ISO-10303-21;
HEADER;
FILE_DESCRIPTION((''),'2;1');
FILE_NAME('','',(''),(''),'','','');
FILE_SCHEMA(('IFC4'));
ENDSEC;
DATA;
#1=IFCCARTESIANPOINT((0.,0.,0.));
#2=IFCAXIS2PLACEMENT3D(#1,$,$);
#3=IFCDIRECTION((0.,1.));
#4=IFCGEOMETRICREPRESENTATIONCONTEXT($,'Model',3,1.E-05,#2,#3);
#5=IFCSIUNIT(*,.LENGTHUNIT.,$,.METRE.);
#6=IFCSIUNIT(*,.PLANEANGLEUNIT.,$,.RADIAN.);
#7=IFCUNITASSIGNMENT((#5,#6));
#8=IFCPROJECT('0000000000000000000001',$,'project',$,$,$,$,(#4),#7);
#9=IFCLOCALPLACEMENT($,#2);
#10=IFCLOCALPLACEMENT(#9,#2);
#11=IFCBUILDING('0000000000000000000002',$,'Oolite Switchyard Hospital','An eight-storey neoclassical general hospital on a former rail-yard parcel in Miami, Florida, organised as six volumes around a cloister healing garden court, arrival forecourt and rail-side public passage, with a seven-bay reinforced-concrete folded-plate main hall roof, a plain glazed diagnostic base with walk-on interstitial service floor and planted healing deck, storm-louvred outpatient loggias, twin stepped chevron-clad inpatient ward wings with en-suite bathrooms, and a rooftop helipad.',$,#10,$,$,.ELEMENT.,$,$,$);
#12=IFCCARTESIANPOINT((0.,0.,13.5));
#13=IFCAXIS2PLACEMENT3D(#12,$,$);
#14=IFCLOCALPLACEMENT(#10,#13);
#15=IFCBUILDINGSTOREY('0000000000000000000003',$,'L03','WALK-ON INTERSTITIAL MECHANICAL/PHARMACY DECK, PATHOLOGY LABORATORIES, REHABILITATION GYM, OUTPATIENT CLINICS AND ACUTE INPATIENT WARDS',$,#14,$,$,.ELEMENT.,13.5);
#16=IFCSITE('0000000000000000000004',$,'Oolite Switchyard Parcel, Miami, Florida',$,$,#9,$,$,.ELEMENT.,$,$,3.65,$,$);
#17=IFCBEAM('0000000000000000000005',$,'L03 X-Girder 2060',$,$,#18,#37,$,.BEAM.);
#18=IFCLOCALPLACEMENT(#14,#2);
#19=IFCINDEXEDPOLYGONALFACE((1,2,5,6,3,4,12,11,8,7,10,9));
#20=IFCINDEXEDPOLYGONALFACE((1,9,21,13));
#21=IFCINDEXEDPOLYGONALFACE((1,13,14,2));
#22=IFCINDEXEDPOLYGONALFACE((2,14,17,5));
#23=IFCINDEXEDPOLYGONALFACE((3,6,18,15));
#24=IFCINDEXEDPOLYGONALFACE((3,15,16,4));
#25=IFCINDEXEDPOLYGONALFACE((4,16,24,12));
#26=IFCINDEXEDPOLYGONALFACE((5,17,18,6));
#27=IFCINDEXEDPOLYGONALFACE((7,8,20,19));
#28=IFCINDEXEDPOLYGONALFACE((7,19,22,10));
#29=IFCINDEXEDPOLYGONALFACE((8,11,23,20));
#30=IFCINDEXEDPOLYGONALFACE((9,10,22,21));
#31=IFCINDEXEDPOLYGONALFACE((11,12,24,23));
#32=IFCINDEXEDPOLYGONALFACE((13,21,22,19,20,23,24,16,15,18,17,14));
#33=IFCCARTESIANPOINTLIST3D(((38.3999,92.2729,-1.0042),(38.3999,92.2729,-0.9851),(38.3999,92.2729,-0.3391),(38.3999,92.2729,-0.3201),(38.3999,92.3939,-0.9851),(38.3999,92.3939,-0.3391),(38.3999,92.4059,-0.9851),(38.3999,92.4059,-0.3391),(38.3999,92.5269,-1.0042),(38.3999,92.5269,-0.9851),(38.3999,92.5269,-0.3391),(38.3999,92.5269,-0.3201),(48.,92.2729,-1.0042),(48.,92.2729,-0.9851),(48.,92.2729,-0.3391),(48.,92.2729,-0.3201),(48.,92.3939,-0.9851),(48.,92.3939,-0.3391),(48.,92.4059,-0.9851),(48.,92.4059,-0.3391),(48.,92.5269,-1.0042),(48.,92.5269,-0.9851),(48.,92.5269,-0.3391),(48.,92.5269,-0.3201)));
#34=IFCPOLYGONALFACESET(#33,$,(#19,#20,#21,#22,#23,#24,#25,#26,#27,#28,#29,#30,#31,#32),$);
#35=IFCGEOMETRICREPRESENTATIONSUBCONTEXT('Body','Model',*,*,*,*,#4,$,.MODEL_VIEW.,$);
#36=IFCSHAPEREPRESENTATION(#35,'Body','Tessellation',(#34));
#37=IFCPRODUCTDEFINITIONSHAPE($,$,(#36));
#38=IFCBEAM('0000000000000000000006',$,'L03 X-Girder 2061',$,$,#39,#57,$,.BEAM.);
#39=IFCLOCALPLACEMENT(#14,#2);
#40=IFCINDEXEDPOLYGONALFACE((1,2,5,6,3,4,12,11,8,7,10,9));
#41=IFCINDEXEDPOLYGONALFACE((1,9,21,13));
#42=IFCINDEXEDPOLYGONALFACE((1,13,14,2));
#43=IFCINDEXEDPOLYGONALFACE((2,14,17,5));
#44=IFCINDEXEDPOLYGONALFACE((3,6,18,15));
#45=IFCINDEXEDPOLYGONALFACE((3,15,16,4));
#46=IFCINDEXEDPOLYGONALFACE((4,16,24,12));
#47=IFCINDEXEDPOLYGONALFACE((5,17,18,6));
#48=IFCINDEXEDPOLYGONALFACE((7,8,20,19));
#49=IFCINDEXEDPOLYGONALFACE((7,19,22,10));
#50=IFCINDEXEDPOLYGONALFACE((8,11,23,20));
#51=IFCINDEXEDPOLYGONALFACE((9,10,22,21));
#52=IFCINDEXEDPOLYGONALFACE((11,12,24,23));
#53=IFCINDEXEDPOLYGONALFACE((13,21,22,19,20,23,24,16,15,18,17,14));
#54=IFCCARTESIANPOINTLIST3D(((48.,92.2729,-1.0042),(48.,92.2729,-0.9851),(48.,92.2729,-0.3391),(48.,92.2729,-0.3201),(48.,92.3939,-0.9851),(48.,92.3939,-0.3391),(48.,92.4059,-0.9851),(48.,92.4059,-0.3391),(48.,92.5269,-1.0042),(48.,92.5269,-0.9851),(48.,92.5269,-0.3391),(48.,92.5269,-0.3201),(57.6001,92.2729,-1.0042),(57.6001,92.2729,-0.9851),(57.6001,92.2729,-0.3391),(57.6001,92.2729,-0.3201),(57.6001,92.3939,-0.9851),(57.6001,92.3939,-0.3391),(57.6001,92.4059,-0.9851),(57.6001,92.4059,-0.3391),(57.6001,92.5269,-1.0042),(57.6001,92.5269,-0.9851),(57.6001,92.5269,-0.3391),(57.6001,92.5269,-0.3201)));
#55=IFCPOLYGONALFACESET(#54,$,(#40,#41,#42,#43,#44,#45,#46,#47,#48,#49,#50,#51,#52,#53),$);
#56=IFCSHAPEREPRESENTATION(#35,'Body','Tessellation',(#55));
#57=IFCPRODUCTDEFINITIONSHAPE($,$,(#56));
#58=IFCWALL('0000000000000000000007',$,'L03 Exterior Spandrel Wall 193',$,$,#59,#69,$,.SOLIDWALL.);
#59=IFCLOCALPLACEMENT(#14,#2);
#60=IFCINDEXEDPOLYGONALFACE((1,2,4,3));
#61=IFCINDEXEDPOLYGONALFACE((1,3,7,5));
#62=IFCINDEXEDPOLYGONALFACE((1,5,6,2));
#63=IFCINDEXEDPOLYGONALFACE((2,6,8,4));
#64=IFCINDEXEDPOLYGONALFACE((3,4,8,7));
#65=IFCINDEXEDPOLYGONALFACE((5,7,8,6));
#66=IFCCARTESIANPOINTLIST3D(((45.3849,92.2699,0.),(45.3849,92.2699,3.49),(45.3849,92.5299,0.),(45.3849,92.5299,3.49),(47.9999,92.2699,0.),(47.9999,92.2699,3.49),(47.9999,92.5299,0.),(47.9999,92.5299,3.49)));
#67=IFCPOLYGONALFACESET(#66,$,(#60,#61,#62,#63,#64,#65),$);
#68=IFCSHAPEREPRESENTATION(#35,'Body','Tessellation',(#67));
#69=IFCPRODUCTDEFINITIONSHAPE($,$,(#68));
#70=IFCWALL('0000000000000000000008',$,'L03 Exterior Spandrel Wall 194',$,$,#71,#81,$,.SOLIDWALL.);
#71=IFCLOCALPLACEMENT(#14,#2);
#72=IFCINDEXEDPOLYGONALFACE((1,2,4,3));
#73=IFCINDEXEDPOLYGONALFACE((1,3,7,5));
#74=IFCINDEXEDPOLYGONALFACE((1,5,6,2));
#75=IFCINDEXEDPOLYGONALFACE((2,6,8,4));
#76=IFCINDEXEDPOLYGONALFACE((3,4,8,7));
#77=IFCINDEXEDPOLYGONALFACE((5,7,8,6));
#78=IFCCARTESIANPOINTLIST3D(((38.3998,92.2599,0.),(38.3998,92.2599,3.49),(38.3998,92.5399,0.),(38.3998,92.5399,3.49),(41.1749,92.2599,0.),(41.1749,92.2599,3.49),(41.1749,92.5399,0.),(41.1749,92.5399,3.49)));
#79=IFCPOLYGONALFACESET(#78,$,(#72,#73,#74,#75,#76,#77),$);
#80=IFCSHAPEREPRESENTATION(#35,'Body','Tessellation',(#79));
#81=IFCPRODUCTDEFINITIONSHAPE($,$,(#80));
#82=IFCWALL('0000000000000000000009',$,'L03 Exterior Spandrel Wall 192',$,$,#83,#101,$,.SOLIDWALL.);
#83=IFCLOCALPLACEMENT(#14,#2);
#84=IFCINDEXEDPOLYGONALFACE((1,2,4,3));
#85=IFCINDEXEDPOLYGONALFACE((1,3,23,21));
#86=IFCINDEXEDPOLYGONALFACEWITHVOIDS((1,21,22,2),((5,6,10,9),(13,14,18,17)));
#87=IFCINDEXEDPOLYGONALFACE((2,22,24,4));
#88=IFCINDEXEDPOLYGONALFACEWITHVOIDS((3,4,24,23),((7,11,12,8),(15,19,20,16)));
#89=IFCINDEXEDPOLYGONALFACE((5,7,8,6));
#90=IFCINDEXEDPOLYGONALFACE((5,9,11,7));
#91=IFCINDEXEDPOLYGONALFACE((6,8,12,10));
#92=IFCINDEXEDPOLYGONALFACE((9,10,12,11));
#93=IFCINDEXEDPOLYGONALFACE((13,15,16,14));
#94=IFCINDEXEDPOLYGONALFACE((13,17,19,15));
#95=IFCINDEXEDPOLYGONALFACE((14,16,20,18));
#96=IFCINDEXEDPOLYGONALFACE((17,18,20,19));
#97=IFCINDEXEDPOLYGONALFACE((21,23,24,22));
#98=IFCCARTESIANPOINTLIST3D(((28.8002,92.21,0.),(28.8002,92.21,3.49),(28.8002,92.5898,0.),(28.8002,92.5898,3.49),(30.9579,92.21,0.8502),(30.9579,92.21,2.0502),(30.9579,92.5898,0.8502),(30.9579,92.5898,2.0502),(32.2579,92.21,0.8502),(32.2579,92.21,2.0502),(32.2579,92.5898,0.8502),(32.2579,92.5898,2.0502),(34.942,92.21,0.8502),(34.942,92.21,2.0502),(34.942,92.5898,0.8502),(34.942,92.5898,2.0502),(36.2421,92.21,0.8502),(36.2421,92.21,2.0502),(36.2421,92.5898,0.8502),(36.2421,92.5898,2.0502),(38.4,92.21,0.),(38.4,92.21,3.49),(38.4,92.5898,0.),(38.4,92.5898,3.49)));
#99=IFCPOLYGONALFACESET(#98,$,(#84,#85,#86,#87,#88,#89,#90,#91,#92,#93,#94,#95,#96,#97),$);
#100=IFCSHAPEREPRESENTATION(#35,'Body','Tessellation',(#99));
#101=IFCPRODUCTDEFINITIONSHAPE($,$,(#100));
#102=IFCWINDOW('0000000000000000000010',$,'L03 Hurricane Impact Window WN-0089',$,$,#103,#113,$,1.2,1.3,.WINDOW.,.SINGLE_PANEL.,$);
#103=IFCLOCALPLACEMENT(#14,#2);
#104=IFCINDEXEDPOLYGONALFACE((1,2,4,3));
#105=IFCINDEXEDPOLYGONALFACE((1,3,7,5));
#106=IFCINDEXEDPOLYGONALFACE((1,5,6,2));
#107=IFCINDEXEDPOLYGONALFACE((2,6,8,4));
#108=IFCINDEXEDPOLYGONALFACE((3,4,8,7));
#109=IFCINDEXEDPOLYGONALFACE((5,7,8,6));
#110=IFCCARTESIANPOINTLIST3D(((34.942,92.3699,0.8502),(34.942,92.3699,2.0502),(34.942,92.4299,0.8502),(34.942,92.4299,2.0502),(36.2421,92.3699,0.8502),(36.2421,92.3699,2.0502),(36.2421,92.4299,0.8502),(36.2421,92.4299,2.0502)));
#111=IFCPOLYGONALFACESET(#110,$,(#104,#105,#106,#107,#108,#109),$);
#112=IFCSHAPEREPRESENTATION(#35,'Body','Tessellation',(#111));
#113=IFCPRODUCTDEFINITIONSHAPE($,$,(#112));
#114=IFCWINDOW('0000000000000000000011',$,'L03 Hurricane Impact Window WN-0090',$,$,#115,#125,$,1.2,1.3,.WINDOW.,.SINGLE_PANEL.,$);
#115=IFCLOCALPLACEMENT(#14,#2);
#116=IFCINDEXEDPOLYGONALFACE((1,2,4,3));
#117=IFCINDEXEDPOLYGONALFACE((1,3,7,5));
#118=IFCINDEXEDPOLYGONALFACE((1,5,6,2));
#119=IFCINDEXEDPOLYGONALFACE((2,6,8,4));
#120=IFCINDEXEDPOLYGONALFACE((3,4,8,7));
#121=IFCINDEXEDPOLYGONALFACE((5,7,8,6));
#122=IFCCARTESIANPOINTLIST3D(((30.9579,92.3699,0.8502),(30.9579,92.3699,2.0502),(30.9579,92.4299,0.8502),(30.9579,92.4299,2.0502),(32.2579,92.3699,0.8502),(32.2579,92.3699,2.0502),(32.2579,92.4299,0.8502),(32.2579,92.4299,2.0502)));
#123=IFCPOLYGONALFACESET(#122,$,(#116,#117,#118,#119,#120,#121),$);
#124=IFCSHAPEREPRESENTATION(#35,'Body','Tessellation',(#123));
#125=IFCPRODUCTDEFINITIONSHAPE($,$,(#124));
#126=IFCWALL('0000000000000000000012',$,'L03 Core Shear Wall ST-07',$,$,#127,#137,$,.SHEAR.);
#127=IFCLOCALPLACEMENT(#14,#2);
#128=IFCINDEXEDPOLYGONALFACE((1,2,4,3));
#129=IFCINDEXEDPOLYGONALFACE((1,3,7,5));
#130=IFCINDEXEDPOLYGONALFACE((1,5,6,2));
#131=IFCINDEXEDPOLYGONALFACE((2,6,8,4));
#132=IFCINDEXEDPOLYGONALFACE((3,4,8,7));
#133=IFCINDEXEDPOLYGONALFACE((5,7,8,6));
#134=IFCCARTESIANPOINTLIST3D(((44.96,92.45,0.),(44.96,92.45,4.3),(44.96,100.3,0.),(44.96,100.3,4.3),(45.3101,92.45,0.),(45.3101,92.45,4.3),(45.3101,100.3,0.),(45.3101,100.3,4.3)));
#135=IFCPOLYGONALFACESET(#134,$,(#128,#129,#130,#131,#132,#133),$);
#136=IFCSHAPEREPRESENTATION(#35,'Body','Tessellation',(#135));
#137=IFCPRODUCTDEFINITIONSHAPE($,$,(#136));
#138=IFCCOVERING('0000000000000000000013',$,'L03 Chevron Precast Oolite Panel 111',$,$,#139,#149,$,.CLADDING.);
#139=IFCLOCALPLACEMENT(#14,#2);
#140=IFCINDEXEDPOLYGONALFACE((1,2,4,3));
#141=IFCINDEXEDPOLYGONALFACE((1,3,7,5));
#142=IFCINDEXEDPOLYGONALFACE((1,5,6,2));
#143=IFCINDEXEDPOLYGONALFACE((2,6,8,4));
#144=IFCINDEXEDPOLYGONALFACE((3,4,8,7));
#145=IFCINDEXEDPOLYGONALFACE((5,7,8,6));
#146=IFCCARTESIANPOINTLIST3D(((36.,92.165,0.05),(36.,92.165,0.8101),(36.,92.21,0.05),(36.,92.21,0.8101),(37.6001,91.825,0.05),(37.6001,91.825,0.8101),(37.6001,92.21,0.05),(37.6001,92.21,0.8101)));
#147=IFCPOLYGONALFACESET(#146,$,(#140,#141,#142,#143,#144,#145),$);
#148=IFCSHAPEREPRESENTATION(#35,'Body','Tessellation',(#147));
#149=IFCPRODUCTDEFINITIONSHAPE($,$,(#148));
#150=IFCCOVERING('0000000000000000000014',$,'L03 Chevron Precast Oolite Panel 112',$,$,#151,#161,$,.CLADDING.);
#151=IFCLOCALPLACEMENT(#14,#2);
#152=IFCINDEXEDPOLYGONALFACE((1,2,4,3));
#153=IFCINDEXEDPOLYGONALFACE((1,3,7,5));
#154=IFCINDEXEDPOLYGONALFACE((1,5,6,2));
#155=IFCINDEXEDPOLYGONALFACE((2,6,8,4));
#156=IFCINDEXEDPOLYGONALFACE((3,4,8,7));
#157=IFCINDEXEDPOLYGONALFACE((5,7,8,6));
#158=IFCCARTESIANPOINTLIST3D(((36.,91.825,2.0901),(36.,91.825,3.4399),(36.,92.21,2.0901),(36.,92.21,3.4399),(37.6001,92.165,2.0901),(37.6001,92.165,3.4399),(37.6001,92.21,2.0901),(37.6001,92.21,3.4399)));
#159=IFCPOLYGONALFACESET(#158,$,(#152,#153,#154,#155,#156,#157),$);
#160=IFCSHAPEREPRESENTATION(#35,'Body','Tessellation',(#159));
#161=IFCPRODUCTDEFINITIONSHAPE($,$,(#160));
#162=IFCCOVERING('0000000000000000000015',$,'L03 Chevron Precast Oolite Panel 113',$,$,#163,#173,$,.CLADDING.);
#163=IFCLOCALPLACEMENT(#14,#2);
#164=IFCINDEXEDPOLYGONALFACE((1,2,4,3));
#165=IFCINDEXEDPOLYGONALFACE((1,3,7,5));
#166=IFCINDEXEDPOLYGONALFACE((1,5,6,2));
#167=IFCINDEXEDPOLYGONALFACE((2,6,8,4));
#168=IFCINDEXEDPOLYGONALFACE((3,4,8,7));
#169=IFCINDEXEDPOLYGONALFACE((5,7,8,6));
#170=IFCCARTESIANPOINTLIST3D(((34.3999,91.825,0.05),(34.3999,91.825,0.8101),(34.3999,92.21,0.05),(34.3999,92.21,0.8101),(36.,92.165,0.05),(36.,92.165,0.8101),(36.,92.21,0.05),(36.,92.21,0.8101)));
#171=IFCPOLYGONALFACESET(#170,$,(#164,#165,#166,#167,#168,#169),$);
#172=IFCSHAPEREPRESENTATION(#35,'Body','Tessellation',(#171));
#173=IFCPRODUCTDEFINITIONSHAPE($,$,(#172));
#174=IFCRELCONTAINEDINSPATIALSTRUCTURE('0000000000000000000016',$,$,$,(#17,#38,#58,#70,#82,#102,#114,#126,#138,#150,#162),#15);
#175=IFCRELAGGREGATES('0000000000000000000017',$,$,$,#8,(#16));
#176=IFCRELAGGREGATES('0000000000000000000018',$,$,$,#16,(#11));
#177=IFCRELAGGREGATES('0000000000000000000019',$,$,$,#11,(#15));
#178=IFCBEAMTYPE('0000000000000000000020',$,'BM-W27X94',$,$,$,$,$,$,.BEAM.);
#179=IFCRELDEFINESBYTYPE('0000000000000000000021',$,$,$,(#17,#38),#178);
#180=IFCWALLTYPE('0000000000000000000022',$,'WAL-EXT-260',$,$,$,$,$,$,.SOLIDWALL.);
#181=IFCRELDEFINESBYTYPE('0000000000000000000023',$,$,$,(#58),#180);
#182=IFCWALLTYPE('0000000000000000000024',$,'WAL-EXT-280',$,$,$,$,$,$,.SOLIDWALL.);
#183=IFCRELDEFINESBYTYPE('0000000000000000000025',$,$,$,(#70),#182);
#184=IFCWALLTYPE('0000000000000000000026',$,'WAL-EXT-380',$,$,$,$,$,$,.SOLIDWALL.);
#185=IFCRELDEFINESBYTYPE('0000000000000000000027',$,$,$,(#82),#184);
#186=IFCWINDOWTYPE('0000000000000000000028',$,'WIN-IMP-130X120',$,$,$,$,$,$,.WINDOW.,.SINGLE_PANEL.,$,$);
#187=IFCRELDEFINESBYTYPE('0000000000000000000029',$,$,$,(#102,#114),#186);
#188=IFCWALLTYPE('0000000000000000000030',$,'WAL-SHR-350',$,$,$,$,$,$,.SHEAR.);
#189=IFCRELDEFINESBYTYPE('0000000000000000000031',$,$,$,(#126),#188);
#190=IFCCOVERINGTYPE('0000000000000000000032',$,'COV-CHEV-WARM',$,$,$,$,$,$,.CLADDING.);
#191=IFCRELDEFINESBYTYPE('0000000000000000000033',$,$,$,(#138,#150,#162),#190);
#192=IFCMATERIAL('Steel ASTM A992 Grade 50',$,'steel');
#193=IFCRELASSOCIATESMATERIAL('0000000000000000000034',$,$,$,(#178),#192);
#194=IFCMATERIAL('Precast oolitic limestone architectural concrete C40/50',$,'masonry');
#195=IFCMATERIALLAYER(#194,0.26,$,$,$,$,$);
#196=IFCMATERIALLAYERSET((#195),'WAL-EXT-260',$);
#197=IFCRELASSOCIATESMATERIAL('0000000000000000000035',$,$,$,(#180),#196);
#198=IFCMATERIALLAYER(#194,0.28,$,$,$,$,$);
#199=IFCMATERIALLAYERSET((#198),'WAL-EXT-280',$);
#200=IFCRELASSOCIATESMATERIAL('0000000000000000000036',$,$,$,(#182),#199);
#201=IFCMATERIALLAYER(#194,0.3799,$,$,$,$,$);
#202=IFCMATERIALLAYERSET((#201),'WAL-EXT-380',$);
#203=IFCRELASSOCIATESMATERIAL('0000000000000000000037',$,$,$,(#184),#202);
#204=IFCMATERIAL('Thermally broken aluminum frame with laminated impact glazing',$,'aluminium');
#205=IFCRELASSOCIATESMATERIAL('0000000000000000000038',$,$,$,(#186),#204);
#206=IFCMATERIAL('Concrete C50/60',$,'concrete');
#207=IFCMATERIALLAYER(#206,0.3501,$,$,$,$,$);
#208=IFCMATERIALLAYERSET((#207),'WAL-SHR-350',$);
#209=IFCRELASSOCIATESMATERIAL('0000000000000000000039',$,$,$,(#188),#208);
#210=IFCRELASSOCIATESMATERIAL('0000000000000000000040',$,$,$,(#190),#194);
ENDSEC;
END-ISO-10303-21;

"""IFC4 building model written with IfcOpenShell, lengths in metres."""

from ifc_helpers import new_model, si_unit, direction, frame, frame_2d, origin, origin_2d, place, context, subcontext, project, spatial, polyline, rectangle, i_section, outline, extrude, material, layer, layer_set, material_profile, profile_set, type_object, element, fill, save


model = new_model("IFC4")

# Units and contexts
model_context = context("Model", 3, precision=1e-05, world=origin(), true_north=direction((0.0, 1.0)))
body_context = subcontext(model_context, "Body", "Model", "MODEL_VIEW")
ifc_project = project(units=[si_unit("LENGTHUNIT", "METRE"), si_unit("PLANEANGLEUNIT", "RADIAN")], contexts=[model_context])

# Site, building, storey
site_placement = place(None, origin())
site = spatial("IfcSite", under=ifc_project, at=site_placement, Name="Oolite Switchyard Parcel, Miami, Florida", CompositionType="ELEMENT", RefElevation=3.65)
building_placement = place(site_placement, origin())
building = spatial("IfcBuilding", under=site, at=building_placement, Name="Oolite Switchyard Hospital", Description="An eight-storey neoclassical general hospital on a former rail-yard parcel in Miami, Florida, organised as six volumes around a cloister healing garden court, arrival forecourt and rail-side public passage, with a seven-bay reinforced-concrete folded-plate main hall roof, a plain glazed diagnostic base with walk-on interstitial service floor and planted healing deck, storm-louvred outpatient loggias, twin stepped chevron-clad inpatient ward wings with en-suite bathrooms, and a rooftop helipad.", CompositionType="ELEMENT")
storey_placement = place(building_placement, frame((0.0, 0.0, 13.5)))
storey = spatial("IfcBuildingStorey", under=building, at=storey_placement, Name="L03", Description="WALK-ON INTERSTITIAL MECHANICAL/PHARMACY DECK, PATHOLOGY LABORATORIES, REHABILITATION GYM, OUTPATIENT CLINICS AND ACUTE INPATIENT WARDS", CompositionType="ELEMENT", Elevation=13.5)

# Shared definitions
ifc_material_1 = material(Name="Concrete C50/60", Category="concrete")

# Beams
ifc_material_2 = material(Name="Steel ASTM A992 Grade 50", Category="steel")
ifc_material_profile_1 = material_profile(ifc_material_2, i_section(OverallWidth=0.2539, OverallDepth=0.6841, WebThickness=0.012, FlangeThickness=0.019, at=origin_2d()), Name="W27X94")
ifc_profile_set_1 = profile_set([ifc_material_profile_1], Name="Steel ASTM A992 Grade 50")
beam_type_1 = type_object("IfcBeamType", Name="BM-W27X94", PredefinedType="BEAM", material=ifc_profile_set_1)
for number, where, z_axis, x_axis, name in (
    (1, (38.3999, 92.3999, -0.6621), (1.0, 0.0, 0.0), (0.0, 1.0, 0.0), "L03 X-Girder 2060"),
    (2, (48.0, 92.3999, -0.6621), (1.0, 0.0, 0.0), (0.0, 1.0, 0.0), "L03 X-Girder 2061"),
):
    element("IfcBeam", number, at=place(storey_placement, frame(where, z_axis=z_axis, x_axis=x_axis)), inside=storey, type_object=beam_type_1, Name=name, PredefinedType="BEAM", context=body_context, shape_type="SweptSolid", body=[
        extrude(i_section(OverallWidth=0.2539, OverallDepth=0.6841, WebThickness=0.012, FlangeThickness=0.019, at=origin_2d()), origin(), (0.0, 0.0, 1.0), 9.6001),
    ])

# Walls
ifc_material_3 = material(Name="Precast oolitic limestone architectural concrete C40/50", Category="masonry")
ifc_layer_1 = layer(ifc_material_3, 0.26)
ifc_layer_set_1 = layer_set([ifc_layer_1], Name="WAL-EXT-260")
wall_type_1 = type_object("IfcWallType", Name="WAL-EXT-260", PredefinedType="SOLIDWALL", material=ifc_layer_set_1)
wall_1_placement = place(storey_placement, frame((48.0, 92.3999, 0.0), z_axis=(0.0, 0.0, 1.0), x_axis=(-1.0, 0.0, 0.0)))
element("IfcWall", 3, at=wall_1_placement, inside=storey, type_object=wall_type_1, Name="L03 Exterior Spandrel Wall 193", PredefinedType="SOLIDWALL", context=body_context, shape_type="SweptSolid", body=[
    extrude(rectangle(XDim=2.615, YDim=0.26, at=frame_2d((1.3076, 0.0))), origin(), (0.0, 0.0, 1.0), 3.49),
])
ifc_layer_2 = layer(ifc_material_3, 0.28)
ifc_layer_set_2 = layer_set([ifc_layer_2], Name="WAL-EXT-280")
wall_type_2 = type_object("IfcWallType", Name="WAL-EXT-280", PredefinedType="SOLIDWALL", material=ifc_layer_set_2)
wall_2_placement = place(storey_placement, frame((41.175, 92.3999, 0.0), z_axis=(0.0, 0.0, 1.0), x_axis=(-1.0, 0.0, 0.0)))
element("IfcWall", 4, at=wall_2_placement, inside=storey, type_object=wall_type_2, Name="L03 Exterior Spandrel Wall 194", PredefinedType="SOLIDWALL", context=body_context, shape_type="SweptSolid", body=[
    extrude(rectangle(XDim=2.7751, YDim=0.28, at=frame_2d((1.3877, 0.0))), origin(), (0.0, 0.0, 1.0), 3.49),
])

# Wall, openings, windows
ifc_layer_3 = layer(ifc_material_3, 0.3799)
ifc_layer_set_3 = layer_set([ifc_layer_3], Name="WAL-EXT-380")
wall_type_3 = type_object("IfcWallType", Name="WAL-EXT-380", PredefinedType="SOLIDWALL", material=ifc_layer_set_3)
wall_3_placement = place(storey_placement, frame((38.3999, 92.3999, 0.0), z_axis=(0.0, 0.0, 1.0), x_axis=(-1.0, 0.0, 0.0)))
wall_3 = element("IfcWall", 5, at=wall_3_placement, inside=storey, type_object=wall_type_3, Name="L03 Exterior Spandrel Wall 192", PredefinedType="SOLIDWALL", context=body_context, shape_type="SweptSolid", body=[
    extrude(rectangle(XDim=9.5999, YDim=0.3799, at=frame_2d((4.7998, 0.0))), origin(), (0.0, 0.0, 1.0), 3.49),
])
opening_1_placement = place(wall_3_placement, frame((2.158, 0.0, 0.8501)))
opening_1 = element("IfcOpeningElement", 6, at=opening_1_placement, cuts=wall_3, PredefinedType="OPENING", context=body_context, shape_type="SweptSolid", body=[
    extrude(rectangle(XDim=1.3, YDim=1.2, at=frame_2d((0.6499, 0.6001))), frame((0.0, 0.2, 0.0), z_axis=(0.0, -1.0, 0.0), x_axis=(1.0, 0.0, 0.0)), (0.0, 0.0, 1.0), 0.3999),
])
opening_2_placement = place(wall_3_placement, frame((6.1421, 0.0, 0.8501)))
opening_2 = element("IfcOpeningElement", 7, at=opening_2_placement, cuts=wall_3, PredefinedType="OPENING", context=body_context, shape_type="SweptSolid", body=[
    extrude(rectangle(XDim=1.3, YDim=1.2, at=frame_2d((0.6499, 0.6001))), frame((0.0, 0.2, 0.0), z_axis=(0.0, -1.0, 0.0), x_axis=(1.0, 0.0, 0.0)), (0.0, 0.0, 1.0), 0.3999),
])
ifc_material_4 = material(Name="Thermally broken aluminum frame with laminated impact glazing", Category="aluminium")
window_type = type_object("IfcWindowType", Name="WIN-IMP-130X120", PartitioningType="SINGLE_PANEL", PredefinedType="WINDOW", material=ifc_material_4)
window_1_placement = place(opening_1_placement, origin())
window_1 = element("IfcWindow", 8, at=window_1_placement, inside=storey, type_object=window_type, Name="L03 Hurricane Impact Window WN-0089", OverallHeight=1.2, OverallWidth=1.3, PartitioningType="SINGLE_PANEL", PredefinedType="WINDOW", context=body_context, shape_type="SweptSolid", body=[
    extrude(rectangle(XDim=1.3, YDim=1.2, at=frame_2d((0.6499, 0.6001))), frame((0.0, 0.03, 0.0), z_axis=(0.0, -1.0, 0.0), x_axis=(1.0, 0.0, 0.0)), (0.0, 0.0, 1.0), 0.0601),
])
fill(opening_1, window_1)
window_2_placement = place(opening_2_placement, origin())
window_2 = element("IfcWindow", 9, at=window_2_placement, inside=storey, type_object=window_type, Name="L03 Hurricane Impact Window WN-0090", OverallHeight=1.2, OverallWidth=1.3, PartitioningType="SINGLE_PANEL", PredefinedType="WINDOW", context=body_context, shape_type="SweptSolid", body=[
    extrude(rectangle(XDim=1.3, YDim=1.2, at=frame_2d((0.6499, 0.6001))), frame((0.0, 0.03, 0.0), z_axis=(0.0, -1.0, 0.0), x_axis=(1.0, 0.0, 0.0)), (0.0, 0.0, 1.0), 0.0601),
])
fill(opening_2, window_2)

# Wall
ifc_layer_4 = layer(ifc_material_1, 0.3501)
ifc_layer_set_4 = layer_set([ifc_layer_4], Name="WAL-SHR-350")
wall_type_4 = type_object("IfcWallType", Name="WAL-SHR-350", PredefinedType="SHEAR", material=ifc_layer_set_4)
wall_4_placement = place(storey_placement, frame((45.135, 92.45, 0.0), z_axis=(0.0, 0.0, 1.0), x_axis=(0.0, 1.0, 0.0)))
element("IfcWall", 10, at=wall_4_placement, inside=storey, type_object=wall_type_4, Name="L03 Core Shear Wall ST-07", PredefinedType="SHEAR", context=body_context, shape_type="SweptSolid", body=[
    extrude(rectangle(XDim=7.8501, YDim=0.3501, at=frame_2d((3.925, 0.0))), origin(), (0.0, 0.0, 1.0), 4.3),
])

# Coverings
covering_type = type_object("IfcCoveringType", Name="COV-CHEV-WARM", PredefinedType="CLADDING", material=ifc_material_3)
covering_1_placement = place(storey_placement, frame((37.6001, 92.21, 0.05), z_axis=(0.0, 0.0, 1.0), x_axis=(-1.0, 0.0, 0.0)))
element("IfcCovering", 11, at=covering_1_placement, inside=storey, type_object=covering_type, Name="L03 Chevron Precast Oolite Panel 111", PredefinedType="CLADDING", context=body_context, shape_type="SweptSolid", body=[
    extrude(outline(polyline([(0.0, 0.0), (1.6001, 0.0), (1.6001, 0.0449), (0.0, 0.385), (0.0, 0.0)])), origin(), (0.0, 0.0, 1.0), 0.76),
])
covering_2_placement = place(storey_placement, frame((37.6001, 92.21, 2.0901), z_axis=(0.0, 0.0, 1.0), x_axis=(-1.0, 0.0, 0.0)))
element("IfcCovering", 12, at=covering_2_placement, inside=storey, type_object=covering_type, Name="L03 Chevron Precast Oolite Panel 112", PredefinedType="CLADDING", context=body_context, shape_type="SweptSolid", body=[
    extrude(outline(polyline([(0.0, 0.0), (1.6001, 0.0), (1.6001, 0.385), (0.0, 0.0449), (0.0, 0.0)])), origin(), (0.0, 0.0, 1.0), 1.3499),
])
covering_3_placement = place(storey_placement, frame((36.0, 92.21, 0.05), z_axis=(0.0, 0.0, 1.0), x_axis=(-1.0, 0.0, 0.0)))
element("IfcCovering", 13, at=covering_3_placement, inside=storey, type_object=covering_type, Name="L03 Chevron Precast Oolite Panel 113", PredefinedType="CLADDING", context=body_context, shape_type="SweptSolid", body=[
    extrude(outline(polyline([(0.0, 0.0), (1.6001, 0.0), (1.6001, 0.385), (0.0, 0.0449), (0.0, 0.0)])), origin(), (0.0, 0.0, 1.0), 0.76),
])

save(model, "model.ifc")
